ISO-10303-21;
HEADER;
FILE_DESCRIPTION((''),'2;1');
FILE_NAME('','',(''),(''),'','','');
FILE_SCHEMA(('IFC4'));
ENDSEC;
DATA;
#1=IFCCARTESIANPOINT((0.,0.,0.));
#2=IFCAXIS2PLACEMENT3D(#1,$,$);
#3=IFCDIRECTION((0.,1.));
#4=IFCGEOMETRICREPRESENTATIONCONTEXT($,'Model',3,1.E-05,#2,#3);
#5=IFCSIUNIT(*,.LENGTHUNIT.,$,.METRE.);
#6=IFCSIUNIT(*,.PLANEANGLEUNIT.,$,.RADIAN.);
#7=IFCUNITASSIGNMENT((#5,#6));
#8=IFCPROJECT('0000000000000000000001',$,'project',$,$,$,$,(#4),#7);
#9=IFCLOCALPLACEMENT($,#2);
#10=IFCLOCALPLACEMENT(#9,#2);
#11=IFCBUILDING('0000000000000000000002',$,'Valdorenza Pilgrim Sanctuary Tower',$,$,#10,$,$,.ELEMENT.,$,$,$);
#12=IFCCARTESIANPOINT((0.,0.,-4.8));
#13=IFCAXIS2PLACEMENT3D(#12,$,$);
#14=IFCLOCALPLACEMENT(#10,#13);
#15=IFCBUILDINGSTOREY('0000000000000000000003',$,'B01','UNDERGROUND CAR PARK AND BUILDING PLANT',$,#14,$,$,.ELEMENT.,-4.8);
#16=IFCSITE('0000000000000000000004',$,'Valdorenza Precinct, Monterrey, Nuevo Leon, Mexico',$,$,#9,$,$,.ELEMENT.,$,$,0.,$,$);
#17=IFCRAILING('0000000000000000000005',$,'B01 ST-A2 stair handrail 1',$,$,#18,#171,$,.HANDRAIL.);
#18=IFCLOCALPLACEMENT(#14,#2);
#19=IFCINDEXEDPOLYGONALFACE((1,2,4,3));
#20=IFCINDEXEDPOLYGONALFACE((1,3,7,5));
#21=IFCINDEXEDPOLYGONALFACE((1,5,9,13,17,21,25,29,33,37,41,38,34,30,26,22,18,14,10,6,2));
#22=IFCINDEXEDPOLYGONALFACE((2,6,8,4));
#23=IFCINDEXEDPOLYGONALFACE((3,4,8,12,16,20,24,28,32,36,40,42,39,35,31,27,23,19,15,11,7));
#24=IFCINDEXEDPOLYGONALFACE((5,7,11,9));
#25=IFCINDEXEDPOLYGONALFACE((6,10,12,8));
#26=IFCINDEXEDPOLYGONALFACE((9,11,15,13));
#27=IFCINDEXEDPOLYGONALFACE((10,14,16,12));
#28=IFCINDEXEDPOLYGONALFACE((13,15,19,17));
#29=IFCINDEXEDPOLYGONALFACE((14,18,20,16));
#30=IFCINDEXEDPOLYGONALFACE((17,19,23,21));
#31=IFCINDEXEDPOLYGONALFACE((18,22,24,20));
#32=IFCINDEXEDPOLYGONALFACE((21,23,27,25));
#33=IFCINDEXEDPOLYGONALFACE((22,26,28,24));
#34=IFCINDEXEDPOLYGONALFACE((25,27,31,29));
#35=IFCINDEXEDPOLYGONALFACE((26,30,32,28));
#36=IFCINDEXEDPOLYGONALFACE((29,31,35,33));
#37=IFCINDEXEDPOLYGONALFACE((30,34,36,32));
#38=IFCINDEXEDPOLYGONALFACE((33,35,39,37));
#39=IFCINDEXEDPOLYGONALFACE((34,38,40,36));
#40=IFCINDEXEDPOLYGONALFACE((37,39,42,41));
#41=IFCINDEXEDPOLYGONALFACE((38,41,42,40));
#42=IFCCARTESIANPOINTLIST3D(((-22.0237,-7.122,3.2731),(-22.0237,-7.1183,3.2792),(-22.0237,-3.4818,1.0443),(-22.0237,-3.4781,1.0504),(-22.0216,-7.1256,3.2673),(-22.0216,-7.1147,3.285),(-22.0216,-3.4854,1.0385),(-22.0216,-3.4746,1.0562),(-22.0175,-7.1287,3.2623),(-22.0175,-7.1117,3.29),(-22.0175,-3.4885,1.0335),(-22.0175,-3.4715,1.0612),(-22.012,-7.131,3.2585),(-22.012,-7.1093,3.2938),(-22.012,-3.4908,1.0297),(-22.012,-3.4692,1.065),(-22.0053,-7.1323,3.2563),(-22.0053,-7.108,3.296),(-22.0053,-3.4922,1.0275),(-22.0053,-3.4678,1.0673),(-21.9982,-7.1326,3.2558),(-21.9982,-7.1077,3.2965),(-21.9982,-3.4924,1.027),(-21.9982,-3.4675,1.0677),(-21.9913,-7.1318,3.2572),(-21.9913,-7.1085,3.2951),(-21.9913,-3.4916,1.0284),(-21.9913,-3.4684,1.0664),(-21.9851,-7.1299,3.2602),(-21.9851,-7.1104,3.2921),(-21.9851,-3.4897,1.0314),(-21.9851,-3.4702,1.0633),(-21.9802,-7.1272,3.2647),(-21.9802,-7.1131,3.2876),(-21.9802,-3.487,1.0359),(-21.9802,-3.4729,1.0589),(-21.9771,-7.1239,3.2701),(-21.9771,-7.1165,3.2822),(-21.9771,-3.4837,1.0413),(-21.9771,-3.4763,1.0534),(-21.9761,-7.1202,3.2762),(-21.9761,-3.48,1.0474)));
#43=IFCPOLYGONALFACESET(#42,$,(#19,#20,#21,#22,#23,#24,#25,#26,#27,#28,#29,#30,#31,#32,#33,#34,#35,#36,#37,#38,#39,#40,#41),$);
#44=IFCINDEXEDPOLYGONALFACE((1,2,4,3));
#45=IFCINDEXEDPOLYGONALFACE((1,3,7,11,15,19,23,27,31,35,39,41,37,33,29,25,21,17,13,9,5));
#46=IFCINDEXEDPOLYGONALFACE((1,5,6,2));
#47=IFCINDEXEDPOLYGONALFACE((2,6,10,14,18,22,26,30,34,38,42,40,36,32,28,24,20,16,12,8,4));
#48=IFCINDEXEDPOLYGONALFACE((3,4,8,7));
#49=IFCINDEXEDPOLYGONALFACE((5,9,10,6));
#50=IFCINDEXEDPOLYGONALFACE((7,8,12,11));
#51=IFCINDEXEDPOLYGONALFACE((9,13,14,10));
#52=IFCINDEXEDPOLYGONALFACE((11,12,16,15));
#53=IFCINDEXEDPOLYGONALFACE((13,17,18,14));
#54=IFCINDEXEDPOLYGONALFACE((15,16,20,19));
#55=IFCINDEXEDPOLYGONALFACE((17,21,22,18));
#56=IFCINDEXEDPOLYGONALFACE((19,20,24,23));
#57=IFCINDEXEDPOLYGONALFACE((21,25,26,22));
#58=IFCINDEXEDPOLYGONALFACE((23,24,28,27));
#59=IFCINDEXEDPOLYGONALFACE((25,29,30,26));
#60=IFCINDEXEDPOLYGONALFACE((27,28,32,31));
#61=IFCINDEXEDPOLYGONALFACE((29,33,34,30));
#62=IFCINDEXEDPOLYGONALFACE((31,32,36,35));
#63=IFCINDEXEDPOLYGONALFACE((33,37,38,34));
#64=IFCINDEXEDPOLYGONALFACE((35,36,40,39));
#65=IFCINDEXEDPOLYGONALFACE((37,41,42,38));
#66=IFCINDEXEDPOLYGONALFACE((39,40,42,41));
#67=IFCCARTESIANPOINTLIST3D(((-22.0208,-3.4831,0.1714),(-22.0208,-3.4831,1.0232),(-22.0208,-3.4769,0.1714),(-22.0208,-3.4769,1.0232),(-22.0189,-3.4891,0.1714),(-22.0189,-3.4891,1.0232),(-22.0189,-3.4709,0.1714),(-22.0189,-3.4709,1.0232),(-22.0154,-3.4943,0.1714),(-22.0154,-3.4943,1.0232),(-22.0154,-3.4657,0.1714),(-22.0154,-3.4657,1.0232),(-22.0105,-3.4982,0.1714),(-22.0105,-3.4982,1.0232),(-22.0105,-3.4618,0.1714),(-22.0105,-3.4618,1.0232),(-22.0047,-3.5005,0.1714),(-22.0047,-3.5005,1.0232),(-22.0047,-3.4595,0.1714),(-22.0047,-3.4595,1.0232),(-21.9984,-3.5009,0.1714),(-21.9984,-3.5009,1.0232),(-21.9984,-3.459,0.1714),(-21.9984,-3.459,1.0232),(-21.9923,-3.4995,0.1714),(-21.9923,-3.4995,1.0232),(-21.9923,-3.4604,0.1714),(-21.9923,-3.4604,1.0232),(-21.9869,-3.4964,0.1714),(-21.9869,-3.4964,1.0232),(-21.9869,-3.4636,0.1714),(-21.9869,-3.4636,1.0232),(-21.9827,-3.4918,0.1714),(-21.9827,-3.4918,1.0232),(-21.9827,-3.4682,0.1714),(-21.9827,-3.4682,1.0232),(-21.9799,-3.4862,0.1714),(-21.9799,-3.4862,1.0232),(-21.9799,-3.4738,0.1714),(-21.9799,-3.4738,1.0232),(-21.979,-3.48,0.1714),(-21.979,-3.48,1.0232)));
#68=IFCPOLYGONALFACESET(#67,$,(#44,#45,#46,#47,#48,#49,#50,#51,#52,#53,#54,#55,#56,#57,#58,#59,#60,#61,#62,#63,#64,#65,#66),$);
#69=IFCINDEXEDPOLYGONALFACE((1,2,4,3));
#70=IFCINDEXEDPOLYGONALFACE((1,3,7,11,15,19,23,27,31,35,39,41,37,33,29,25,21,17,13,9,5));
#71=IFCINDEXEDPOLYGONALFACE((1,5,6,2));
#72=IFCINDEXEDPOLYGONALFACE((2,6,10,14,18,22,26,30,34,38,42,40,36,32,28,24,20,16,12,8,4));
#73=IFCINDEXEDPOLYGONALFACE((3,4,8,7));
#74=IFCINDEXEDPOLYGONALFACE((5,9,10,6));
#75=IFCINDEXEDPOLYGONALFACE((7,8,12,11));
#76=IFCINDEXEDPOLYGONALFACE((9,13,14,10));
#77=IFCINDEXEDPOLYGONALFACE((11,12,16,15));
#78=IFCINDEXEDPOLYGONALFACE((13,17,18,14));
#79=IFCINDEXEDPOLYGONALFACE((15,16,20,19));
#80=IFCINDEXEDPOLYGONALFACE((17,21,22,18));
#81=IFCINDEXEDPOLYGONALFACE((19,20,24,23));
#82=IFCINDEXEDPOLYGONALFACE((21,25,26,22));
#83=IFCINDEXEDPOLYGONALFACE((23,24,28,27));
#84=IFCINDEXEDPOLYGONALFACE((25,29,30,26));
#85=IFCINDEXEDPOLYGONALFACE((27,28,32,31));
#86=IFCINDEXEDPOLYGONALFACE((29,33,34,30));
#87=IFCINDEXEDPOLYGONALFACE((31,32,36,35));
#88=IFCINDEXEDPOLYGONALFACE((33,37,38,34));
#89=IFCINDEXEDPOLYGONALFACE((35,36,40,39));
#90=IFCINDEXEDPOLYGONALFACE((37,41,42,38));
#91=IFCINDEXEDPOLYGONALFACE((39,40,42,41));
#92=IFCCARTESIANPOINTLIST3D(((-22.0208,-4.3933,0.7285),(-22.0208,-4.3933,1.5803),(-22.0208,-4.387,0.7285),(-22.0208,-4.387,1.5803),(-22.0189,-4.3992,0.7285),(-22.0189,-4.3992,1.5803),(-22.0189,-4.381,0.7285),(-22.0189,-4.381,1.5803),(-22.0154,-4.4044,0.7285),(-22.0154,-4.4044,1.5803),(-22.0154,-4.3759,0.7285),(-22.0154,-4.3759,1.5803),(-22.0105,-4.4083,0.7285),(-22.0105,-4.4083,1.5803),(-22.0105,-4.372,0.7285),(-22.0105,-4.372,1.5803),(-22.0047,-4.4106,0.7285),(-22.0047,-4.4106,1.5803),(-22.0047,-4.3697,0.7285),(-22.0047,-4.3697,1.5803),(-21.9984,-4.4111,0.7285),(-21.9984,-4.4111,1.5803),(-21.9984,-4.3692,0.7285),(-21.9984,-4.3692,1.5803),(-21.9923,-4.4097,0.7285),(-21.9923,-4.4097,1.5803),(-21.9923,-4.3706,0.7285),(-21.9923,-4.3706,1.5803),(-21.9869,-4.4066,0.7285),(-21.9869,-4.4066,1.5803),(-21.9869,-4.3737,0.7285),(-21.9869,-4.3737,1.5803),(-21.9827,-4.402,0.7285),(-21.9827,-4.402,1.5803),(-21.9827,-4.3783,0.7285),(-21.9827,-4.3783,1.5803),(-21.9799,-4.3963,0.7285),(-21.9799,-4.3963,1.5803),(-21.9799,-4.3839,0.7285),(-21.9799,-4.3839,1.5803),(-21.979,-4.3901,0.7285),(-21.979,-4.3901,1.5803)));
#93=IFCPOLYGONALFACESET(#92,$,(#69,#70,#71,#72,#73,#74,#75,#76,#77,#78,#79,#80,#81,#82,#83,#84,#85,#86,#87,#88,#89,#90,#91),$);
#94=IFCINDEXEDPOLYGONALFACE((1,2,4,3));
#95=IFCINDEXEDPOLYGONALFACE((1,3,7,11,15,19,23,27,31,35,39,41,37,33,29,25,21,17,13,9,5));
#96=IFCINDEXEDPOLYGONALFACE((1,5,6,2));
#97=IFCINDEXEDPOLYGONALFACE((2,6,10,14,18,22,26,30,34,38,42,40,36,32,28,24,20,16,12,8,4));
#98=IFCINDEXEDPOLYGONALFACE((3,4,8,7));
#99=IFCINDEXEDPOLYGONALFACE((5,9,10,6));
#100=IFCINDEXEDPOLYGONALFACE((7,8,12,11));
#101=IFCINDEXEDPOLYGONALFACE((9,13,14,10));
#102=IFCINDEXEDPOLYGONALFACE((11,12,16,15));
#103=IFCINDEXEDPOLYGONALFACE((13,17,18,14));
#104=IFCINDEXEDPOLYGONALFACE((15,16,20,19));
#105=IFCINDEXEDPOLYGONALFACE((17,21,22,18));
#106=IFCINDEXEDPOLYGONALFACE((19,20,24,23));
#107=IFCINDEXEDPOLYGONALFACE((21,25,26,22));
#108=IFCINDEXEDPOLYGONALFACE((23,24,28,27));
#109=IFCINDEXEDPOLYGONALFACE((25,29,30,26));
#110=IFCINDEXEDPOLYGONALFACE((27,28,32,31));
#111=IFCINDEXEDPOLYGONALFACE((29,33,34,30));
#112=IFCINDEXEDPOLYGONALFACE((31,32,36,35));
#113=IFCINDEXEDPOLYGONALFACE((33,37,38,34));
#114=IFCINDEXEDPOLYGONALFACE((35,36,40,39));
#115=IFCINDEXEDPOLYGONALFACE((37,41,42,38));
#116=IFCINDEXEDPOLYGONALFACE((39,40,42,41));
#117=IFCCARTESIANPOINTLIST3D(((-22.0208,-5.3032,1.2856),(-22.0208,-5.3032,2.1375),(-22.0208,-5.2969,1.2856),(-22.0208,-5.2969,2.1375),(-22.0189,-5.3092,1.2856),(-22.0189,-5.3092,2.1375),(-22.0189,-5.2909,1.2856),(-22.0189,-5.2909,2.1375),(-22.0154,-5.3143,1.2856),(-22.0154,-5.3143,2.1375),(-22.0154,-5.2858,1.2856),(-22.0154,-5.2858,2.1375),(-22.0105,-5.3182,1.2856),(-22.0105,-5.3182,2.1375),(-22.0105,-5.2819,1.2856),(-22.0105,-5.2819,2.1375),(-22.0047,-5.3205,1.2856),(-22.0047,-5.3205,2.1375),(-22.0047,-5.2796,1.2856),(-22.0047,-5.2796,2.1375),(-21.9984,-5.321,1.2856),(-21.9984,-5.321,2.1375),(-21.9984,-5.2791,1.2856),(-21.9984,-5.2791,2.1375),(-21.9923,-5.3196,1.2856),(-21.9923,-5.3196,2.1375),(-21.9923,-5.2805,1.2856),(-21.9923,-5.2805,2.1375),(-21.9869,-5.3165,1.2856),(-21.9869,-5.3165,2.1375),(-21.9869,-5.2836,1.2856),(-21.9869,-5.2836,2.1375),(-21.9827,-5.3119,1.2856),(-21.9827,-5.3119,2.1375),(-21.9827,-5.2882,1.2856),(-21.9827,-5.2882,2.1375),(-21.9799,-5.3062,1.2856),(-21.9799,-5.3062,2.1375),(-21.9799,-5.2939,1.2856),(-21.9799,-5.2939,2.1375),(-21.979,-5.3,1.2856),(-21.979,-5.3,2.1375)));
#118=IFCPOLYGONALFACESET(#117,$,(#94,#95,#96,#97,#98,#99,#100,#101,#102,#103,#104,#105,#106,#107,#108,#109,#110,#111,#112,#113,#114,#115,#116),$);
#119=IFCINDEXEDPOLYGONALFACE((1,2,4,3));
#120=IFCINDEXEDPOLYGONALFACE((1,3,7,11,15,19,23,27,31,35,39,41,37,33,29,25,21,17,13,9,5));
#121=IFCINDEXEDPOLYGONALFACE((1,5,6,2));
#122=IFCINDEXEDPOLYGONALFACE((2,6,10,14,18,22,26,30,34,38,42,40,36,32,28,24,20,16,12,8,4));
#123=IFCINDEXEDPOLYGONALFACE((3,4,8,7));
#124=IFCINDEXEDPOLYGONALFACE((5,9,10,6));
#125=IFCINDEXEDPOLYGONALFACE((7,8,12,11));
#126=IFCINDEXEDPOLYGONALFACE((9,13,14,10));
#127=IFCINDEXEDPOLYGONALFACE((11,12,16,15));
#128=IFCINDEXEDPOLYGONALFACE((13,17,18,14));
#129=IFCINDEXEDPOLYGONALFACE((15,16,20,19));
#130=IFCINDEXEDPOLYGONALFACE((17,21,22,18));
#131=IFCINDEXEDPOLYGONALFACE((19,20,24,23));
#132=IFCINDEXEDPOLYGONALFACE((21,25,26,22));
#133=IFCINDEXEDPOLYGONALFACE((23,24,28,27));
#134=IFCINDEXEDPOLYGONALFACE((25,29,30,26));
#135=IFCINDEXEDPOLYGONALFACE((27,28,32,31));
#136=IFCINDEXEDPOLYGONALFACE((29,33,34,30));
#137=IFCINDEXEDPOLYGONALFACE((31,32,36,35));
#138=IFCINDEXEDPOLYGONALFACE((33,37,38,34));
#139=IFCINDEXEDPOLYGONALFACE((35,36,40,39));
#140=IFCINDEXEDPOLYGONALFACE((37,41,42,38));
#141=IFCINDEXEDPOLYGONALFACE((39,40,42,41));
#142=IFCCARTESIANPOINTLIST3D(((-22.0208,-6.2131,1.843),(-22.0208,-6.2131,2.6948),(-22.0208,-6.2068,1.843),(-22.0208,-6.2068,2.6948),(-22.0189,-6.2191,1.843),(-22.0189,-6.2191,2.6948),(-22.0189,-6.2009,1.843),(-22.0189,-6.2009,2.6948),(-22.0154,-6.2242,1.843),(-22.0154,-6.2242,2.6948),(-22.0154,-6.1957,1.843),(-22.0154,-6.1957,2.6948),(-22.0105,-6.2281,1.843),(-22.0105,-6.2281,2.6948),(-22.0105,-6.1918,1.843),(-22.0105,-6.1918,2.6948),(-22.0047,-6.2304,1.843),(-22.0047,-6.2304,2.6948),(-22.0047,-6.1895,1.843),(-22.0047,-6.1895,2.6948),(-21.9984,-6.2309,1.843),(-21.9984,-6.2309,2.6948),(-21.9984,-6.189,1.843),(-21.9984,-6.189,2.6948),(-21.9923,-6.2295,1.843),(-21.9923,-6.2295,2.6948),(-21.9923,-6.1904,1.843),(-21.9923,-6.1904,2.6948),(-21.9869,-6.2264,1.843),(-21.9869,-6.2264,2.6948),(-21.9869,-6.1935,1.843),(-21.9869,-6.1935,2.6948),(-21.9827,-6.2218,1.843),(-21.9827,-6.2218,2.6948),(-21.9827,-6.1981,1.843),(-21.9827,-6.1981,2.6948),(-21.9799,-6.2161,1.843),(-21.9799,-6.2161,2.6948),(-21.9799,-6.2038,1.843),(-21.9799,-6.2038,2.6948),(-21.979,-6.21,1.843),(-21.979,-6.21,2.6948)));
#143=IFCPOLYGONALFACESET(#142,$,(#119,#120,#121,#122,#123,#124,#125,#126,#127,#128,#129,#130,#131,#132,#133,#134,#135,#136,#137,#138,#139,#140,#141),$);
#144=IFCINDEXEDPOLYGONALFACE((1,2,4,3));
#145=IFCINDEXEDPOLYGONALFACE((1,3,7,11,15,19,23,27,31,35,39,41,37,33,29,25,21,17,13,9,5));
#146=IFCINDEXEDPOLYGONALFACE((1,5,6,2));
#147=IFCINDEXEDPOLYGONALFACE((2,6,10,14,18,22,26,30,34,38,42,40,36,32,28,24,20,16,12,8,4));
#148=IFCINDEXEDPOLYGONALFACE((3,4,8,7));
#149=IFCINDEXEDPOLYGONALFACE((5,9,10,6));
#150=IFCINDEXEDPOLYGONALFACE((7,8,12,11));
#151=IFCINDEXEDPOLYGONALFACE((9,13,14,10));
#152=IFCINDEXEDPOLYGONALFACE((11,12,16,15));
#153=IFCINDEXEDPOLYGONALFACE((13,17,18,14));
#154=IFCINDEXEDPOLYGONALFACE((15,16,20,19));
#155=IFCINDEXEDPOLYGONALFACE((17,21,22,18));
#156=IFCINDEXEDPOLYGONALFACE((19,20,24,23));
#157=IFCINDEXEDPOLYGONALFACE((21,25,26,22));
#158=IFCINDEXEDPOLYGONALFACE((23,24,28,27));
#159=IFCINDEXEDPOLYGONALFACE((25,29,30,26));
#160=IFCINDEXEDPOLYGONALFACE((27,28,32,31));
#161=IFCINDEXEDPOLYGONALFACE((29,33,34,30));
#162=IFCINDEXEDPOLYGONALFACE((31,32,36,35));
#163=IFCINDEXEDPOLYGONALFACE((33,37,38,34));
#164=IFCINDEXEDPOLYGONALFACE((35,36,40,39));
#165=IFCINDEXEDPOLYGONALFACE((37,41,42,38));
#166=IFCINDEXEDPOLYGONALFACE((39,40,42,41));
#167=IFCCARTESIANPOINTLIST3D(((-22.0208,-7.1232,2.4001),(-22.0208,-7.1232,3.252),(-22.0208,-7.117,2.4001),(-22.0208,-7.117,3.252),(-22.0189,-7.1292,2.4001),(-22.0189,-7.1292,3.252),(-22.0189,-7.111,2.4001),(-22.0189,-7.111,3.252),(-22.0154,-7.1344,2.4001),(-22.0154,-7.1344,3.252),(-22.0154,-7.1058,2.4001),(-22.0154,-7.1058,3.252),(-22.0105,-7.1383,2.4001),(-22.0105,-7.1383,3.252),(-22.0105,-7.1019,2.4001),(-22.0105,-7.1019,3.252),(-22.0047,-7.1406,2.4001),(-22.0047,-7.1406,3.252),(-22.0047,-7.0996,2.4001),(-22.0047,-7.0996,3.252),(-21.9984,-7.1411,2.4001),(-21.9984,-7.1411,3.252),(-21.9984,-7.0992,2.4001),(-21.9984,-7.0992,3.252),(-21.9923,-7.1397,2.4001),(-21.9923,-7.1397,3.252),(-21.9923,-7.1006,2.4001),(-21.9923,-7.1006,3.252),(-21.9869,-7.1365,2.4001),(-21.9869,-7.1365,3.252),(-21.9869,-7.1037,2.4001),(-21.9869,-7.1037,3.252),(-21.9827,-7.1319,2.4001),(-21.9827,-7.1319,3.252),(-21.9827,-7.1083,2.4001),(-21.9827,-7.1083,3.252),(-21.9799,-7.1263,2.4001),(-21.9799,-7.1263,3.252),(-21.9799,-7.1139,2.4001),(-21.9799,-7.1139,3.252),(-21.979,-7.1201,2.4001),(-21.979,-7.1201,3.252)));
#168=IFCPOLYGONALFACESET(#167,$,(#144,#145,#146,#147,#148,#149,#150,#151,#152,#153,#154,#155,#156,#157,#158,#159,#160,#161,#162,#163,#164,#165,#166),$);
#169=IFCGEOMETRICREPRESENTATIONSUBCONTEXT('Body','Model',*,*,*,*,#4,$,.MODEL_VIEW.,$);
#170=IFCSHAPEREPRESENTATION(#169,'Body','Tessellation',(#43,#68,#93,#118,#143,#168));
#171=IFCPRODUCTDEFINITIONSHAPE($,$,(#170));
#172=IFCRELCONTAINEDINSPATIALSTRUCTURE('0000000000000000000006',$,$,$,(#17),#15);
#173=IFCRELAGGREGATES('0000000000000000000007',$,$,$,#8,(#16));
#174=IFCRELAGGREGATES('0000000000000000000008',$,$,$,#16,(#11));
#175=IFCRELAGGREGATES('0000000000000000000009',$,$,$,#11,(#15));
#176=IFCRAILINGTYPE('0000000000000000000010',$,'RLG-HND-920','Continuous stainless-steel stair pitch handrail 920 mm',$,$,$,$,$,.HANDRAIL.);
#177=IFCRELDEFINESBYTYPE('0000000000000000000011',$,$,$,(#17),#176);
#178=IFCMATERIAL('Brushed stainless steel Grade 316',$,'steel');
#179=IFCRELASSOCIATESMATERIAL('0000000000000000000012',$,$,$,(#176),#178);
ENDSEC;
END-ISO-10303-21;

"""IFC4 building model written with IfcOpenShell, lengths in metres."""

from ifc_helpers import new_model, si_unit, direction, frame, origin, origin_2d, place, context, subcontext, project, spatial, circle, extrude, material, type_object, element, save


model = new_model("IFC4")

# Units and contexts
model_context = context("Model", 3, precision=1e-05, world=origin(), true_north=direction((0.0, 1.0)))
body_context = subcontext(model_context, "Body", "Model", "MODEL_VIEW")
ifc_project = project(units=[si_unit("LENGTHUNIT", "METRE"), si_unit("PLANEANGLEUNIT", "RADIAN")], contexts=[model_context])

# Site, building, storey
site_placement = place(None, origin())
site = spatial("IfcSite", under=ifc_project, at=site_placement, Name="Valdorenza Precinct, Monterrey, Nuevo Leon, Mexico", CompositionType="ELEMENT", RefElevation=0.0)
building_placement = place(site_placement, origin())
building = spatial("IfcBuilding", under=site, at=building_placement, Name="Valdorenza Pilgrim Sanctuary Tower", CompositionType="ELEMENT")
storey_placement = place(building_placement, frame((0.0, 0.0, -4.8)))
storey = spatial("IfcBuildingStorey", under=building, at=storey_placement, Name="B01", Description="UNDERGROUND CAR PARK AND BUILDING PLANT", CompositionType="ELEMENT", Elevation=-4.8)

# Railing
ifc_material_1 = material(Name="Brushed stainless steel Grade 316", Category="steel")
railing_type_1 = type_object("IfcRailingType", Name="RLG-HND-920", Description="Continuous stainless-steel stair pitch handrail 920 mm", PredefinedType="HANDRAIL", material=ifc_material_1)
railing_1_placement = place(storey_placement, frame((-22.0, -3.48, 0.1714)))
element("IfcRailing", 1, at=railing_1_placement, inside=storey, type_object=railing_type_1, Name="B01 ST-A2 stair handrail 1", PredefinedType="HANDRAIL", context=body_context, shape_type="SweptSolid", body=[
    extrude(circle(Radius=0.0239, at=origin_2d()), frame((0.0, 0.0, 0.876), z_axis=(0.0, -0.85284, 0.522172), x_axis=(1.0, 0.0, 0.0)), (0.0, 0.0, 1.0), 4.2683),
    extrude(circle(Radius=0.021, at=origin_2d()), origin(), (0.0, 0.0, 1.0), 0.8518),
    extrude(circle(Radius=0.021, at=origin_2d()), frame((0.0, -0.9102, 0.5571)), (0.0, 0.0, 1.0), 0.8518),
    extrude(circle(Radius=0.021, at=origin_2d()), frame((0.0, -1.8201, 1.1143)), (0.0, 0.0, 1.0), 0.8518),
    extrude(circle(Radius=0.021, at=origin_2d()), frame((0.0, -2.73, 1.6716)), (0.0, 0.0, 1.0), 0.8518),
    extrude(circle(Radius=0.021, at=origin_2d()), frame((0.0, -3.6401, 2.2288)), (0.0, 0.0, 1.0), 0.8518),
])

save(model, "model.ifc")
